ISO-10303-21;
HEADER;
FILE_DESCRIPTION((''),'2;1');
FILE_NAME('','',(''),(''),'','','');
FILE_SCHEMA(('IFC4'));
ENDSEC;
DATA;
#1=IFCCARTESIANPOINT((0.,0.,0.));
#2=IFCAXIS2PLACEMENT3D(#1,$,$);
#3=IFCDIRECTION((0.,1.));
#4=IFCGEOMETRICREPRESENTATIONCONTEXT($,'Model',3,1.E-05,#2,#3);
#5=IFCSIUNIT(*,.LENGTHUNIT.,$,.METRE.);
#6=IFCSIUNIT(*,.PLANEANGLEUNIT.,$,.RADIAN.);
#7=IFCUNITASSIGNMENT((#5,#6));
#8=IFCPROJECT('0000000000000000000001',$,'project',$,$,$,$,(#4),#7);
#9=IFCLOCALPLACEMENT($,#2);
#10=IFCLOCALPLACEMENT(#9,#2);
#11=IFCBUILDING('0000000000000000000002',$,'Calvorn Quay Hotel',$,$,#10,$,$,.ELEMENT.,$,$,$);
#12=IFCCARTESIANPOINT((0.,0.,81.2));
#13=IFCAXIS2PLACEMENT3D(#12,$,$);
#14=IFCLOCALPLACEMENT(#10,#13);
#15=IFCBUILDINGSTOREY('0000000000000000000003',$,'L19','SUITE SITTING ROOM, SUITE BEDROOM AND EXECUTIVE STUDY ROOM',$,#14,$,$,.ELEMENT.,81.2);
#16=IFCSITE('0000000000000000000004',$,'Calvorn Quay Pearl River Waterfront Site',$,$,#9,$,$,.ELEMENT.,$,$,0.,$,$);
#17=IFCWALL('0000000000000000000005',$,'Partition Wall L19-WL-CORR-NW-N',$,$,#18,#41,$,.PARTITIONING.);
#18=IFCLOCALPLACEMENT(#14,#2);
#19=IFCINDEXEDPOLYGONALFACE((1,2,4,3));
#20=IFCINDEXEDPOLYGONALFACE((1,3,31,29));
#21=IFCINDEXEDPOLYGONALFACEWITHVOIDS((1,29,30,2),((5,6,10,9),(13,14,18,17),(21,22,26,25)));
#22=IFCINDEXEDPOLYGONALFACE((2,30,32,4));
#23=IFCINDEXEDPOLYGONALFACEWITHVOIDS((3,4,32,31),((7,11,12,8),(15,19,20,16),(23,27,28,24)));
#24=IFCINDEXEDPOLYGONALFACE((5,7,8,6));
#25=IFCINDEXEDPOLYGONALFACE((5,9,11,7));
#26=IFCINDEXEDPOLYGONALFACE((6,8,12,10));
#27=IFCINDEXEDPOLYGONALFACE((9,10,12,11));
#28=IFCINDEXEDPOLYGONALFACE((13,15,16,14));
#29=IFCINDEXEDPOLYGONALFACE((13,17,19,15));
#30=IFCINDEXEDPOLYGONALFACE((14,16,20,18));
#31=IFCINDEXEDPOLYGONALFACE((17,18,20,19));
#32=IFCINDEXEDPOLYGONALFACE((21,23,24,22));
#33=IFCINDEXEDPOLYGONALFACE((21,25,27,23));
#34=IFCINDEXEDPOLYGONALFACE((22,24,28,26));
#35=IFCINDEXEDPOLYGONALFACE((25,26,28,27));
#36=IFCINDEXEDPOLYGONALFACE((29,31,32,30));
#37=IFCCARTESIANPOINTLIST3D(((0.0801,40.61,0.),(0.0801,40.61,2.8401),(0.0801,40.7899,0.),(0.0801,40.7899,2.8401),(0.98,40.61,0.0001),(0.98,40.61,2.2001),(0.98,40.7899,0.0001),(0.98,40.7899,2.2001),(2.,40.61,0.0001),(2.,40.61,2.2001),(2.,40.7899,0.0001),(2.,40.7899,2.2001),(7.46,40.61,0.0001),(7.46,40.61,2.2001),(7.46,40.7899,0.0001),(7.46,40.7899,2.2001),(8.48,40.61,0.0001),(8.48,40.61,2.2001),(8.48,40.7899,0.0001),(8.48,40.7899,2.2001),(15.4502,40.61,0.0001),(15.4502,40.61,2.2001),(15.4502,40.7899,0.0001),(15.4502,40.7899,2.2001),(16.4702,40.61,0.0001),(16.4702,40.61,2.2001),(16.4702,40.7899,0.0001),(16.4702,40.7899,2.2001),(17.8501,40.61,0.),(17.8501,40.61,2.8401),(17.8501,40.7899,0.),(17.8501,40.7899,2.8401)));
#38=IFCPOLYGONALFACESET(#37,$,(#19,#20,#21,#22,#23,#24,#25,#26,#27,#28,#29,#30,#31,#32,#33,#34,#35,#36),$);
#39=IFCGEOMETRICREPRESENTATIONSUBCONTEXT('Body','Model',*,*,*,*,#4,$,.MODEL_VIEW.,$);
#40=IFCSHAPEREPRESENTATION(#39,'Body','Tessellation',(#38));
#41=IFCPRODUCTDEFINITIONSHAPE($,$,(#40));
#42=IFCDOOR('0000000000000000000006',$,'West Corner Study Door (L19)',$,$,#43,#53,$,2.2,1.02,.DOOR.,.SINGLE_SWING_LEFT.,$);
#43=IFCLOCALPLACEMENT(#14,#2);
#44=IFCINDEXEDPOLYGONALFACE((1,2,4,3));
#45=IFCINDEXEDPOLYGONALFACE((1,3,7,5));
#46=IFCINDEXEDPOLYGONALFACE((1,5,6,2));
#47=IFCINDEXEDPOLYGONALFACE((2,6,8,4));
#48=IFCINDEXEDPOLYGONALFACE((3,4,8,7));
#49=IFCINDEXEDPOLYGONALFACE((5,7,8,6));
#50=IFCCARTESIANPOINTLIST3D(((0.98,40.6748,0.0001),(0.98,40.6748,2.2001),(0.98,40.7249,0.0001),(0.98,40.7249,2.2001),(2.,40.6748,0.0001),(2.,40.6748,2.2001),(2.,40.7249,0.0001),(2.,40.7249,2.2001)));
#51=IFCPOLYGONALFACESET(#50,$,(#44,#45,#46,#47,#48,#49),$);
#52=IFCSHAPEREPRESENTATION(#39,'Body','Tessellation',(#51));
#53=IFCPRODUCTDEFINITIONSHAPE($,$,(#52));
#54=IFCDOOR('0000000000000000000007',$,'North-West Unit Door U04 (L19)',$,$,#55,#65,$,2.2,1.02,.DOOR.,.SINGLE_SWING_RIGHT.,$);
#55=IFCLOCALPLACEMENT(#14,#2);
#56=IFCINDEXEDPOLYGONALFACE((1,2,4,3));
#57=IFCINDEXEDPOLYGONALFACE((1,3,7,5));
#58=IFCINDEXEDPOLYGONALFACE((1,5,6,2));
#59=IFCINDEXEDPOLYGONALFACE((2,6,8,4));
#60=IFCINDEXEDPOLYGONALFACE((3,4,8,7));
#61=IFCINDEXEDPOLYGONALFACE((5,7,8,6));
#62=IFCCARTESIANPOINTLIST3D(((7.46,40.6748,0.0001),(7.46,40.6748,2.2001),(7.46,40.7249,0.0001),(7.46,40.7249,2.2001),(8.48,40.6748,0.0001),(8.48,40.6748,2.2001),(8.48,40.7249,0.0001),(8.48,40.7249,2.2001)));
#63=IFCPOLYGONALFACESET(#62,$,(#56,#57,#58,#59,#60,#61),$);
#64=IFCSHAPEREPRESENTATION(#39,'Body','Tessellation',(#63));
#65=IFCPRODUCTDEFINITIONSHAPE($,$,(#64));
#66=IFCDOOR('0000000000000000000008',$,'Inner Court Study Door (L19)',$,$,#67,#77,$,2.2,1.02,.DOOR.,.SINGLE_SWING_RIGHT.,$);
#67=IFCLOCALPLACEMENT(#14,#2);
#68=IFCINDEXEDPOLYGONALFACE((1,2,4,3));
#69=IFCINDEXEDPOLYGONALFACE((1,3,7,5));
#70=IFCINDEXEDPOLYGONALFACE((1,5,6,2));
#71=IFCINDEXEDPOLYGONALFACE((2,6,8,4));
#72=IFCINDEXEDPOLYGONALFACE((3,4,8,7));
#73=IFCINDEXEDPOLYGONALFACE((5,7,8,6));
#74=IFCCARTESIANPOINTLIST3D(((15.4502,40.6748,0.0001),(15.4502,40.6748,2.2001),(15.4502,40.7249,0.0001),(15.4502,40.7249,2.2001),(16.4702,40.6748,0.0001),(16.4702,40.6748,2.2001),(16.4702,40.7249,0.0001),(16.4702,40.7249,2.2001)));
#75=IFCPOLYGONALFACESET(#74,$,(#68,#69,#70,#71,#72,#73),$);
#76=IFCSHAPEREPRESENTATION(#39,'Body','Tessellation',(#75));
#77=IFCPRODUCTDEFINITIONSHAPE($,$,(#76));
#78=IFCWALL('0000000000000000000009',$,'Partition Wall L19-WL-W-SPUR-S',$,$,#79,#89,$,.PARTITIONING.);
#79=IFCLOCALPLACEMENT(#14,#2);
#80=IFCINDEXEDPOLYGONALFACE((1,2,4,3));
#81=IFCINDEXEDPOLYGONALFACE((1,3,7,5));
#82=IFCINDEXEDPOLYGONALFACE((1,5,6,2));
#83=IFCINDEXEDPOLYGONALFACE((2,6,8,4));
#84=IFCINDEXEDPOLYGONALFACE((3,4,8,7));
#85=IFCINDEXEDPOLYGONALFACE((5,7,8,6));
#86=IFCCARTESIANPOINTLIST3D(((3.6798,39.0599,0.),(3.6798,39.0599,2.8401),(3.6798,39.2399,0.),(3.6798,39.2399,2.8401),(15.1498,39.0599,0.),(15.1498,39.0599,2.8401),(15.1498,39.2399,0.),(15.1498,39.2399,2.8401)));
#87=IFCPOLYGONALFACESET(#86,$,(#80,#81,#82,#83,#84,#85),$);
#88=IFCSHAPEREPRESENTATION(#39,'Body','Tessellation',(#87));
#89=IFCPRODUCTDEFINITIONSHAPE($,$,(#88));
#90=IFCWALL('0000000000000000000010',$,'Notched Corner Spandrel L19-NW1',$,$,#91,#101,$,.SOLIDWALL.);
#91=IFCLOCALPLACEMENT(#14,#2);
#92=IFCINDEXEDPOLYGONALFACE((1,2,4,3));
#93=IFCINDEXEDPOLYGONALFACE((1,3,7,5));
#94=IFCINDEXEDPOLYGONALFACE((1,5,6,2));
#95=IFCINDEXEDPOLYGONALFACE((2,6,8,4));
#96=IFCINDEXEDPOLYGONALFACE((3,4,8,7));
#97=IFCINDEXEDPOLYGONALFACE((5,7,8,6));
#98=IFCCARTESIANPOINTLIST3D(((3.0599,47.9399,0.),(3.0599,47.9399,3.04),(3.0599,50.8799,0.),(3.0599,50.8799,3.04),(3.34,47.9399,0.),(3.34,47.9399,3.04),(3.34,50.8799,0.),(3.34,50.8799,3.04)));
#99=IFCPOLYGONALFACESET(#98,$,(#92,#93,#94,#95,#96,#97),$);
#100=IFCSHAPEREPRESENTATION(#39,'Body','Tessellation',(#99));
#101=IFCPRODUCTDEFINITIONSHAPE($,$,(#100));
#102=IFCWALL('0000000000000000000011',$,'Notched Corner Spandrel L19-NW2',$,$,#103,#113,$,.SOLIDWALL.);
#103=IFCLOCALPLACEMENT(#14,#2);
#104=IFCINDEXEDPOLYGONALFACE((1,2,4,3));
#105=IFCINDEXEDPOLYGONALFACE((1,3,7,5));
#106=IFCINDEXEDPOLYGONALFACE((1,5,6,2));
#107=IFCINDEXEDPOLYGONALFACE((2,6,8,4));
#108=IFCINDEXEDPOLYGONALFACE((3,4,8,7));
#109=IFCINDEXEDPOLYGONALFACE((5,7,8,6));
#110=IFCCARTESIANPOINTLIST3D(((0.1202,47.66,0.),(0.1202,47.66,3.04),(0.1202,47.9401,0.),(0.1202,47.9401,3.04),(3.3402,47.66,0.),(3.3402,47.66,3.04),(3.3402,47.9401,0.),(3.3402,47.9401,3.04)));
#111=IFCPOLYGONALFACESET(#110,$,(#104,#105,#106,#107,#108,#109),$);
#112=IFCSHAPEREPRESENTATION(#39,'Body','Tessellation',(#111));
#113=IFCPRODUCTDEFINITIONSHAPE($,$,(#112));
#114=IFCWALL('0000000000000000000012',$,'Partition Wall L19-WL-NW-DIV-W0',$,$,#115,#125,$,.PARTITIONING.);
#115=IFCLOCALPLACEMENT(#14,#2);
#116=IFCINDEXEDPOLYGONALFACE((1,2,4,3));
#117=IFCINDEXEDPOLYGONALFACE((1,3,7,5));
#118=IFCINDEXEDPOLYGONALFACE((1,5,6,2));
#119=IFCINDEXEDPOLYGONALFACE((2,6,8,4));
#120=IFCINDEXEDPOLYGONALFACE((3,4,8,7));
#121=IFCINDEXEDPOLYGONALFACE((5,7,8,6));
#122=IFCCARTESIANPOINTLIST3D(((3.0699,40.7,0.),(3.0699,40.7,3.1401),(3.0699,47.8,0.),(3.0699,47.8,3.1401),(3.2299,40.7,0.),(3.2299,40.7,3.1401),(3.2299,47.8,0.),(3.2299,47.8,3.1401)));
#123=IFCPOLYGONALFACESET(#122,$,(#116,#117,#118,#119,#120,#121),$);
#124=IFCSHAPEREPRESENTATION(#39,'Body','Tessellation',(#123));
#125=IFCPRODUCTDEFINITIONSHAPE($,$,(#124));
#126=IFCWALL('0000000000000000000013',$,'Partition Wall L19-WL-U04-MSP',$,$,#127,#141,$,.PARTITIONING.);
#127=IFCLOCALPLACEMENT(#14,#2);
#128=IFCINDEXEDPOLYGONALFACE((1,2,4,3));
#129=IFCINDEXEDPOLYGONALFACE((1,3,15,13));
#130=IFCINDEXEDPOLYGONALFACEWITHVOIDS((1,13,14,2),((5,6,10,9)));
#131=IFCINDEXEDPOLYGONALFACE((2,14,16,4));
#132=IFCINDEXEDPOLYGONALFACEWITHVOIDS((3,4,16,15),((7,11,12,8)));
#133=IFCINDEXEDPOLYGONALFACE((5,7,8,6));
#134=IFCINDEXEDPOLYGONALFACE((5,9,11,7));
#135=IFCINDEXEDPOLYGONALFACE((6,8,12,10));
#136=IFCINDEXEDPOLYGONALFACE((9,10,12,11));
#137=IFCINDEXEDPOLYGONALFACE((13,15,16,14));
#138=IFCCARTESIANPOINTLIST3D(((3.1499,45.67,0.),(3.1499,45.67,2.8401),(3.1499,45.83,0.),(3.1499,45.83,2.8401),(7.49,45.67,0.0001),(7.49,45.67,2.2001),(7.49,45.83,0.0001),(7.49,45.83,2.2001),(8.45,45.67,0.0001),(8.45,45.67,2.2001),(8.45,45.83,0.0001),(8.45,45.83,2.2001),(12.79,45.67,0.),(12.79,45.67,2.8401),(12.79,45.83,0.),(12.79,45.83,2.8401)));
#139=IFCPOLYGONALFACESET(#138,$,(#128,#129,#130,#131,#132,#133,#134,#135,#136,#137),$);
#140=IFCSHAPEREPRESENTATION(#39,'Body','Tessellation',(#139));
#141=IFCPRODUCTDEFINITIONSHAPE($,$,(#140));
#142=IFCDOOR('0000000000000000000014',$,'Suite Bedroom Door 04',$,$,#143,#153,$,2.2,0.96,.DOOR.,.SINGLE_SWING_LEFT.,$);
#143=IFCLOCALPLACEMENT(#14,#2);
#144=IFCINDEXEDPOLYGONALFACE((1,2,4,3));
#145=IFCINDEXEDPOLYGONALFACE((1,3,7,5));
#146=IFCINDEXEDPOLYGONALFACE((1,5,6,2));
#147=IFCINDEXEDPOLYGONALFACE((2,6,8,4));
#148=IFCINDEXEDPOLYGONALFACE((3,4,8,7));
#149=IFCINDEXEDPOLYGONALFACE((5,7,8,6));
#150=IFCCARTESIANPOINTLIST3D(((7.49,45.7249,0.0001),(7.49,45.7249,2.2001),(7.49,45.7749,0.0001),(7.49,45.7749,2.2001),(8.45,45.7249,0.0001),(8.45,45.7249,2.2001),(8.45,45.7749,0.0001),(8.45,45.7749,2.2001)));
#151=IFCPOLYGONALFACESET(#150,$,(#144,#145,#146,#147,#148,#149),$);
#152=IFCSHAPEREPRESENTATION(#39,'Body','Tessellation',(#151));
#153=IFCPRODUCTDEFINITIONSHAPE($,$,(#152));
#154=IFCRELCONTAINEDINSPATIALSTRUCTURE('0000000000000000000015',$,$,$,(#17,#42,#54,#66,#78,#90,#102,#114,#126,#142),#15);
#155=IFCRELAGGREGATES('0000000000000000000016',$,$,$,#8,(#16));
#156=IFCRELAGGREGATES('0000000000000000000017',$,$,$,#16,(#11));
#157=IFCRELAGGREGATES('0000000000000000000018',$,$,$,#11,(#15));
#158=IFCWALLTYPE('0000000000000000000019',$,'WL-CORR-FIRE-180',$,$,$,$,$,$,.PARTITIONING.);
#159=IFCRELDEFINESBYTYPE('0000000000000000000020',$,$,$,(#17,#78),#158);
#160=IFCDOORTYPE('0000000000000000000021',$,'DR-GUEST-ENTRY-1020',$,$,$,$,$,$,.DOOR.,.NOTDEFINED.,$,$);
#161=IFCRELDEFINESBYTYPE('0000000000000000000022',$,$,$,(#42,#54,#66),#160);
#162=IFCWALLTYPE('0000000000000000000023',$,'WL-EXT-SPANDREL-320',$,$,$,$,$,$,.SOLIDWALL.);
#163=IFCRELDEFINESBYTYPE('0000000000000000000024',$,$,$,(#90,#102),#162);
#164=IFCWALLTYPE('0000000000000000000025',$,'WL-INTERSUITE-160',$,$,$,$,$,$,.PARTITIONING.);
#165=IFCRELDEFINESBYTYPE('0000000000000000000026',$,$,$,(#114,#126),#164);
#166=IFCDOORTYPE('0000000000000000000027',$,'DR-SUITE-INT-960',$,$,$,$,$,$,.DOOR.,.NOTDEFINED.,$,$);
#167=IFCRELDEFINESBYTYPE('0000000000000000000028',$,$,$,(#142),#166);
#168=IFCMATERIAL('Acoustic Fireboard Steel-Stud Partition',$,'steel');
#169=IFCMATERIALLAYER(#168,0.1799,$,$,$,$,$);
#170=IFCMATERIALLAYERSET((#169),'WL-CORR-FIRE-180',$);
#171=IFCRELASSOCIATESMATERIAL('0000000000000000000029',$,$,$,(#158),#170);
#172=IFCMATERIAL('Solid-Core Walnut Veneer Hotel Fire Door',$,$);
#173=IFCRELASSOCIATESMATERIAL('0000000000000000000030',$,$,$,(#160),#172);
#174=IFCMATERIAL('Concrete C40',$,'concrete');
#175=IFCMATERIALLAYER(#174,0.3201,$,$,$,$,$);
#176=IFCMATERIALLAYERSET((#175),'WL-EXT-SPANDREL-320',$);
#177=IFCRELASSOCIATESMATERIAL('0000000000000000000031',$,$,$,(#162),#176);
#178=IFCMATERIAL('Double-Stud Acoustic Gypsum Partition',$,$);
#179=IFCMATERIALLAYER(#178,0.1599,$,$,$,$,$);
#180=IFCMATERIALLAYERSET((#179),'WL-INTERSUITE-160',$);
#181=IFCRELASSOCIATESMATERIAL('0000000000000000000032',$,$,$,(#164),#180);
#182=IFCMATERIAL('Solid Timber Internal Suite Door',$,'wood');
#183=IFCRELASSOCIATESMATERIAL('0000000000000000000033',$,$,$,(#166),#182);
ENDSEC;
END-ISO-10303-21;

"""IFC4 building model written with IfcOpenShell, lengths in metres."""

from ifc_helpers import new_model, si_unit, direction, frame, frame_2d, origin, place, context, subcontext, project, spatial, rectangle, extrude, material, layer, layer_set, type_object, element, fill, save


model = new_model("IFC4")

# Units and contexts
model_context = context("Model", 3, precision=1e-05, world=origin(), true_north=direction((0.0, 1.0)))
body_context = subcontext(model_context, "Body", "Model", "MODEL_VIEW")
ifc_project = project(units=[si_unit("LENGTHUNIT", "METRE"), si_unit("PLANEANGLEUNIT", "RADIAN")], contexts=[model_context])

# Site, building, storey
site_placement = place(None, origin())
site = spatial("IfcSite", under=ifc_project, at=site_placement, Name="Calvorn Quay Pearl River Waterfront Site", CompositionType="ELEMENT", RefElevation=0.0)
building_placement = place(site_placement, origin())
building = spatial("IfcBuilding", under=site, at=building_placement, Name="Calvorn Quay Hotel", CompositionType="ELEMENT")
storey_placement = place(building_placement, frame((0.0, 0.0, 81.2)))
storey = spatial("IfcBuildingStorey", under=building, at=storey_placement, Name="L19", Description="SUITE SITTING ROOM, SUITE BEDROOM AND EXECUTIVE STUDY ROOM", CompositionType="ELEMENT", Elevation=81.2)

# Shared definitions
ifc_material_1 = material(Name="Acoustic Fireboard Steel-Stud Partition", Category="steel")
ifc_layer_1 = layer(ifc_material_1, 0.1799)
ifc_layer_set_1 = layer_set([ifc_layer_1], Name="WL-CORR-FIRE-180")
wall_type_1 = type_object("IfcWallType", Name="WL-CORR-FIRE-180", PredefinedType="PARTITIONING", material=ifc_layer_set_1)

# Wall, openings, doors
wall_1_placement = place(storey_placement, frame((0.0801, 40.7, 0.0), z_axis=(0.0, 0.0, 1.0), x_axis=(1.0, 0.0, 0.0)))
wall_1 = element("IfcWall", 1, at=wall_1_placement, inside=storey, type_object=wall_type_1, Name="Partition Wall L19-WL-CORR-NW-N", PredefinedType="PARTITIONING", context=body_context, shape_type="SweptSolid", body=[
    extrude(rectangle(XDim=17.77, YDim=0.1799, at=frame_2d((8.885, 0.0))), origin(), (0.0, 0.0, 1.0), 2.8401),
])
opening_1_placement = place(wall_1_placement, frame((0.8999, 0.0, 0.0)))
opening_1 = element("IfcOpeningElement", 2, at=opening_1_placement, cuts=wall_1, PredefinedType="OPENING", context=body_context, shape_type="SweptSolid", body=[
    extrude(rectangle(XDim=1.02, YDim=2.2, at=frame_2d((0.51, 1.1001))), frame((0.0, 0.0999, 0.0), z_axis=(0.0, -1.0, 0.0), x_axis=(1.0, 0.0, 0.0)), (0.0, 0.0, 1.0), 0.2),
])
opening_2_placement = place(wall_1_placement, frame((7.3799, 0.0, 0.0)))
opening_2 = element("IfcOpeningElement", 3, at=opening_2_placement, cuts=wall_1, PredefinedType="OPENING", context=body_context, shape_type="SweptSolid", body=[
    extrude(rectangle(XDim=1.02, YDim=2.2, at=frame_2d((0.51, 1.1001))), frame((0.0, 0.0999, 0.0), z_axis=(0.0, -1.0, 0.0), x_axis=(1.0, 0.0, 0.0)), (0.0, 0.0, 1.0), 0.2),
])
opening_3_placement = place(wall_1_placement, frame((15.3701, 0.0, 0.0)))
opening_3 = element("IfcOpeningElement", 4, at=opening_3_placement, cuts=wall_1, PredefinedType="OPENING", context=body_context, shape_type="SweptSolid", body=[
    extrude(rectangle(XDim=1.02, YDim=2.2, at=frame_2d((0.51, 1.1001))), frame((0.0, 0.0999, 0.0), z_axis=(0.0, -1.0, 0.0), x_axis=(1.0, 0.0, 0.0)), (0.0, 0.0, 1.0), 0.2),
])
ifc_material_2 = material(Name="Solid-Core Walnut Veneer Hotel Fire Door")
door_type_1 = type_object("IfcDoorType", Name="DR-GUEST-ENTRY-1020", OperationType="NOTDEFINED", PredefinedType="DOOR", material=ifc_material_2)
door_1_placement = place(opening_1_placement, origin())
door_1 = element("IfcDoor", 5, at=door_1_placement, inside=storey, type_object=door_type_1, Name="West Corner Study Door (L19)", OperationType="SINGLE_SWING_LEFT", OverallHeight=2.2, OverallWidth=1.02, PredefinedType="DOOR", context=body_context, shape_type="SweptSolid", body=[
    extrude(rectangle(XDim=1.02, YDim=2.2, at=frame_2d((0.51, 1.1001))), frame((0.0, 0.0249, 0.0), z_axis=(0.0, -1.0, 0.0), x_axis=(1.0, 0.0, 0.0)), (0.0, 0.0, 1.0), 0.05),
])
fill(opening_1, door_1)
door_2_placement = place(opening_2_placement, origin())
door_2 = element("IfcDoor", 6, at=door_2_placement, inside=storey, type_object=door_type_1, Name="North-West Unit Door U04 (L19)", OperationType="SINGLE_SWING_RIGHT", OverallHeight=2.2, OverallWidth=1.02, PredefinedType="DOOR", context=body_context, shape_type="SweptSolid", body=[
    extrude(rectangle(XDim=1.02, YDim=2.2, at=frame_2d((0.51, 1.1001))), frame((0.0, 0.0249, 0.0), z_axis=(0.0, -1.0, 0.0), x_axis=(1.0, 0.0, 0.0)), (0.0, 0.0, 1.0), 0.05),
])
fill(opening_2, door_2)
door_3_placement = place(opening_3_placement, origin())
door_3 = element("IfcDoor", 7, at=door_3_placement, inside=storey, type_object=door_type_1, Name="Inner Court Study Door (L19)", OperationType="SINGLE_SWING_RIGHT", OverallHeight=2.2, OverallWidth=1.02, PredefinedType="DOOR", context=body_context, shape_type="SweptSolid", body=[
    extrude(rectangle(XDim=1.02, YDim=2.2, at=frame_2d((0.51, 1.1001))), frame((0.0, 0.0249, 0.0), z_axis=(0.0, -1.0, 0.0), x_axis=(1.0, 0.0, 0.0)), (0.0, 0.0, 1.0), 0.05),
])
fill(opening_3, door_3)

# Walls
wall_2_placement = place(storey_placement, frame((3.6799, 39.1499, 0.0), z_axis=(0.0, 0.0, 1.0), x_axis=(1.0, 0.0, 0.0)))
element("IfcWall", 8, at=wall_2_placement, inside=storey, type_object=wall_type_1, Name="Partition Wall L19-WL-W-SPUR-S", PredefinedType="PARTITIONING", context=body_context, shape_type="SweptSolid", body=[
    extrude(rectangle(XDim=11.47, YDim=0.1799, at=frame_2d((5.7349, 0.0))), origin(), (0.0, 0.0, 1.0), 2.8401),
])
ifc_material_3 = material(Name="Concrete C40", Category="concrete")
ifc_layer_2 = layer(ifc_material_3, 0.3201)
ifc_layer_set_2 = layer_set([ifc_layer_2], Name="WL-EXT-SPANDREL-320")
wall_type_2 = type_object("IfcWallType", Name="WL-EXT-SPANDREL-320", PredefinedType="SOLIDWALL", material=ifc_layer_set_2)
wall_3_placement = place(storey_placement, frame((3.2, 50.8799, 0.0), z_axis=(0.0, 0.0, 1.0), x_axis=(0.0, -1.0, 0.0)))
element("IfcWall", 9, at=wall_3_placement, inside=storey, type_object=wall_type_2, Name="Notched Corner Spandrel L19-NW1", PredefinedType="SOLIDWALL", context=body_context, shape_type="SweptSolid", body=[
    extrude(rectangle(XDim=2.9399, YDim=0.28, at=frame_2d((1.47, 0.0))), origin(), (0.0, 0.0, 1.0), 3.04),
])
wall_4_placement = place(storey_placement, frame((3.3401, 47.8, 0.0), z_axis=(0.0, 0.0, 1.0), x_axis=(-1.0, 0.0, 0.0)))
element("IfcWall", 10, at=wall_4_placement, inside=storey, type_object=wall_type_2, Name="Notched Corner Spandrel L19-NW2", PredefinedType="SOLIDWALL", context=body_context, shape_type="SweptSolid", body=[
    extrude(rectangle(XDim=3.22, YDim=0.28, at=frame_2d((1.6099, 0.0))), origin(), (0.0, 0.0, 1.0), 3.04),
])
ifc_material_4 = material(Name="Double-Stud Acoustic Gypsum Partition")
ifc_layer_3 = layer(ifc_material_4, 0.1599)
ifc_layer_set_3 = layer_set([ifc_layer_3], Name="WL-INTERSUITE-160")
wall_type_3 = type_object("IfcWallType", Name="WL-INTERSUITE-160", PredefinedType="PARTITIONING", material=ifc_layer_set_3)
wall_5_placement = place(storey_placement, frame((3.1499, 40.7, 0.0), z_axis=(0.0, 0.0, 1.0), x_axis=(0.0, 1.0, 0.0)))
element("IfcWall", 11, at=wall_5_placement, inside=storey, type_object=wall_type_3, Name="Partition Wall L19-WL-NW-DIV-W0", PredefinedType="PARTITIONING", context=body_context, shape_type="SweptSolid", body=[
    extrude(rectangle(XDim=7.1001, YDim=0.1599, at=frame_2d((3.55, 0.0))), origin(), (0.0, 0.0, 1.0), 3.1401),
])

# Wall, opening, door
wall_6_placement = place(storey_placement, frame((3.1499, 45.75, 0.0), z_axis=(0.0, 0.0, 1.0), x_axis=(1.0, 0.0, 0.0)))
wall_6 = element("IfcWall", 12, at=wall_6_placement, inside=storey, type_object=wall_type_3, Name="Partition Wall L19-WL-U04-MSP", PredefinedType="PARTITIONING", context=body_context, shape_type="SweptSolid", body=[
    extrude(rectangle(XDim=9.6401, YDim=0.1599, at=frame_2d((4.8201, 0.0))), origin(), (0.0, 0.0, 1.0), 2.8401),
])
opening_4_placement = place(wall_6_placement, frame((4.3401, 0.0, 0.0)))
opening_4 = element("IfcOpeningElement", 13, at=opening_4_placement, cuts=wall_6, PredefinedType="OPENING", context=body_context, shape_type="SweptSolid", body=[
    extrude(rectangle(XDim=0.96, YDim=2.2, at=frame_2d((0.48, 1.1001))), frame((0.0, 0.0898, 0.0), z_axis=(0.0, -1.0, 0.0), x_axis=(1.0, 0.0, 0.0)), (0.0, 0.0, 1.0), 0.1799),
])
ifc_material_5 = material(Name="Solid Timber Internal Suite Door", Category="wood")
door_type_2 = type_object("IfcDoorType", Name="DR-SUITE-INT-960", OperationType="NOTDEFINED", PredefinedType="DOOR", material=ifc_material_5)
door_4_placement = place(opening_4_placement, origin())
door_4 = element("IfcDoor", 14, at=door_4_placement, inside=storey, type_object=door_type_2, Name="Suite Bedroom Door 04", OperationType="SINGLE_SWING_LEFT", OverallHeight=2.2, OverallWidth=0.96, PredefinedType="DOOR", context=body_context, shape_type="SweptSolid", body=[
    extrude(rectangle(XDim=0.96, YDim=2.2, at=frame_2d((0.48, 1.1001))), frame((0.0, 0.0249, 0.0), z_axis=(0.0, -1.0, 0.0), x_axis=(1.0, 0.0, 0.0)), (0.0, 0.0, 1.0), 0.05),
])
fill(opening_4, door_4)

save(model, "model.ifc")
